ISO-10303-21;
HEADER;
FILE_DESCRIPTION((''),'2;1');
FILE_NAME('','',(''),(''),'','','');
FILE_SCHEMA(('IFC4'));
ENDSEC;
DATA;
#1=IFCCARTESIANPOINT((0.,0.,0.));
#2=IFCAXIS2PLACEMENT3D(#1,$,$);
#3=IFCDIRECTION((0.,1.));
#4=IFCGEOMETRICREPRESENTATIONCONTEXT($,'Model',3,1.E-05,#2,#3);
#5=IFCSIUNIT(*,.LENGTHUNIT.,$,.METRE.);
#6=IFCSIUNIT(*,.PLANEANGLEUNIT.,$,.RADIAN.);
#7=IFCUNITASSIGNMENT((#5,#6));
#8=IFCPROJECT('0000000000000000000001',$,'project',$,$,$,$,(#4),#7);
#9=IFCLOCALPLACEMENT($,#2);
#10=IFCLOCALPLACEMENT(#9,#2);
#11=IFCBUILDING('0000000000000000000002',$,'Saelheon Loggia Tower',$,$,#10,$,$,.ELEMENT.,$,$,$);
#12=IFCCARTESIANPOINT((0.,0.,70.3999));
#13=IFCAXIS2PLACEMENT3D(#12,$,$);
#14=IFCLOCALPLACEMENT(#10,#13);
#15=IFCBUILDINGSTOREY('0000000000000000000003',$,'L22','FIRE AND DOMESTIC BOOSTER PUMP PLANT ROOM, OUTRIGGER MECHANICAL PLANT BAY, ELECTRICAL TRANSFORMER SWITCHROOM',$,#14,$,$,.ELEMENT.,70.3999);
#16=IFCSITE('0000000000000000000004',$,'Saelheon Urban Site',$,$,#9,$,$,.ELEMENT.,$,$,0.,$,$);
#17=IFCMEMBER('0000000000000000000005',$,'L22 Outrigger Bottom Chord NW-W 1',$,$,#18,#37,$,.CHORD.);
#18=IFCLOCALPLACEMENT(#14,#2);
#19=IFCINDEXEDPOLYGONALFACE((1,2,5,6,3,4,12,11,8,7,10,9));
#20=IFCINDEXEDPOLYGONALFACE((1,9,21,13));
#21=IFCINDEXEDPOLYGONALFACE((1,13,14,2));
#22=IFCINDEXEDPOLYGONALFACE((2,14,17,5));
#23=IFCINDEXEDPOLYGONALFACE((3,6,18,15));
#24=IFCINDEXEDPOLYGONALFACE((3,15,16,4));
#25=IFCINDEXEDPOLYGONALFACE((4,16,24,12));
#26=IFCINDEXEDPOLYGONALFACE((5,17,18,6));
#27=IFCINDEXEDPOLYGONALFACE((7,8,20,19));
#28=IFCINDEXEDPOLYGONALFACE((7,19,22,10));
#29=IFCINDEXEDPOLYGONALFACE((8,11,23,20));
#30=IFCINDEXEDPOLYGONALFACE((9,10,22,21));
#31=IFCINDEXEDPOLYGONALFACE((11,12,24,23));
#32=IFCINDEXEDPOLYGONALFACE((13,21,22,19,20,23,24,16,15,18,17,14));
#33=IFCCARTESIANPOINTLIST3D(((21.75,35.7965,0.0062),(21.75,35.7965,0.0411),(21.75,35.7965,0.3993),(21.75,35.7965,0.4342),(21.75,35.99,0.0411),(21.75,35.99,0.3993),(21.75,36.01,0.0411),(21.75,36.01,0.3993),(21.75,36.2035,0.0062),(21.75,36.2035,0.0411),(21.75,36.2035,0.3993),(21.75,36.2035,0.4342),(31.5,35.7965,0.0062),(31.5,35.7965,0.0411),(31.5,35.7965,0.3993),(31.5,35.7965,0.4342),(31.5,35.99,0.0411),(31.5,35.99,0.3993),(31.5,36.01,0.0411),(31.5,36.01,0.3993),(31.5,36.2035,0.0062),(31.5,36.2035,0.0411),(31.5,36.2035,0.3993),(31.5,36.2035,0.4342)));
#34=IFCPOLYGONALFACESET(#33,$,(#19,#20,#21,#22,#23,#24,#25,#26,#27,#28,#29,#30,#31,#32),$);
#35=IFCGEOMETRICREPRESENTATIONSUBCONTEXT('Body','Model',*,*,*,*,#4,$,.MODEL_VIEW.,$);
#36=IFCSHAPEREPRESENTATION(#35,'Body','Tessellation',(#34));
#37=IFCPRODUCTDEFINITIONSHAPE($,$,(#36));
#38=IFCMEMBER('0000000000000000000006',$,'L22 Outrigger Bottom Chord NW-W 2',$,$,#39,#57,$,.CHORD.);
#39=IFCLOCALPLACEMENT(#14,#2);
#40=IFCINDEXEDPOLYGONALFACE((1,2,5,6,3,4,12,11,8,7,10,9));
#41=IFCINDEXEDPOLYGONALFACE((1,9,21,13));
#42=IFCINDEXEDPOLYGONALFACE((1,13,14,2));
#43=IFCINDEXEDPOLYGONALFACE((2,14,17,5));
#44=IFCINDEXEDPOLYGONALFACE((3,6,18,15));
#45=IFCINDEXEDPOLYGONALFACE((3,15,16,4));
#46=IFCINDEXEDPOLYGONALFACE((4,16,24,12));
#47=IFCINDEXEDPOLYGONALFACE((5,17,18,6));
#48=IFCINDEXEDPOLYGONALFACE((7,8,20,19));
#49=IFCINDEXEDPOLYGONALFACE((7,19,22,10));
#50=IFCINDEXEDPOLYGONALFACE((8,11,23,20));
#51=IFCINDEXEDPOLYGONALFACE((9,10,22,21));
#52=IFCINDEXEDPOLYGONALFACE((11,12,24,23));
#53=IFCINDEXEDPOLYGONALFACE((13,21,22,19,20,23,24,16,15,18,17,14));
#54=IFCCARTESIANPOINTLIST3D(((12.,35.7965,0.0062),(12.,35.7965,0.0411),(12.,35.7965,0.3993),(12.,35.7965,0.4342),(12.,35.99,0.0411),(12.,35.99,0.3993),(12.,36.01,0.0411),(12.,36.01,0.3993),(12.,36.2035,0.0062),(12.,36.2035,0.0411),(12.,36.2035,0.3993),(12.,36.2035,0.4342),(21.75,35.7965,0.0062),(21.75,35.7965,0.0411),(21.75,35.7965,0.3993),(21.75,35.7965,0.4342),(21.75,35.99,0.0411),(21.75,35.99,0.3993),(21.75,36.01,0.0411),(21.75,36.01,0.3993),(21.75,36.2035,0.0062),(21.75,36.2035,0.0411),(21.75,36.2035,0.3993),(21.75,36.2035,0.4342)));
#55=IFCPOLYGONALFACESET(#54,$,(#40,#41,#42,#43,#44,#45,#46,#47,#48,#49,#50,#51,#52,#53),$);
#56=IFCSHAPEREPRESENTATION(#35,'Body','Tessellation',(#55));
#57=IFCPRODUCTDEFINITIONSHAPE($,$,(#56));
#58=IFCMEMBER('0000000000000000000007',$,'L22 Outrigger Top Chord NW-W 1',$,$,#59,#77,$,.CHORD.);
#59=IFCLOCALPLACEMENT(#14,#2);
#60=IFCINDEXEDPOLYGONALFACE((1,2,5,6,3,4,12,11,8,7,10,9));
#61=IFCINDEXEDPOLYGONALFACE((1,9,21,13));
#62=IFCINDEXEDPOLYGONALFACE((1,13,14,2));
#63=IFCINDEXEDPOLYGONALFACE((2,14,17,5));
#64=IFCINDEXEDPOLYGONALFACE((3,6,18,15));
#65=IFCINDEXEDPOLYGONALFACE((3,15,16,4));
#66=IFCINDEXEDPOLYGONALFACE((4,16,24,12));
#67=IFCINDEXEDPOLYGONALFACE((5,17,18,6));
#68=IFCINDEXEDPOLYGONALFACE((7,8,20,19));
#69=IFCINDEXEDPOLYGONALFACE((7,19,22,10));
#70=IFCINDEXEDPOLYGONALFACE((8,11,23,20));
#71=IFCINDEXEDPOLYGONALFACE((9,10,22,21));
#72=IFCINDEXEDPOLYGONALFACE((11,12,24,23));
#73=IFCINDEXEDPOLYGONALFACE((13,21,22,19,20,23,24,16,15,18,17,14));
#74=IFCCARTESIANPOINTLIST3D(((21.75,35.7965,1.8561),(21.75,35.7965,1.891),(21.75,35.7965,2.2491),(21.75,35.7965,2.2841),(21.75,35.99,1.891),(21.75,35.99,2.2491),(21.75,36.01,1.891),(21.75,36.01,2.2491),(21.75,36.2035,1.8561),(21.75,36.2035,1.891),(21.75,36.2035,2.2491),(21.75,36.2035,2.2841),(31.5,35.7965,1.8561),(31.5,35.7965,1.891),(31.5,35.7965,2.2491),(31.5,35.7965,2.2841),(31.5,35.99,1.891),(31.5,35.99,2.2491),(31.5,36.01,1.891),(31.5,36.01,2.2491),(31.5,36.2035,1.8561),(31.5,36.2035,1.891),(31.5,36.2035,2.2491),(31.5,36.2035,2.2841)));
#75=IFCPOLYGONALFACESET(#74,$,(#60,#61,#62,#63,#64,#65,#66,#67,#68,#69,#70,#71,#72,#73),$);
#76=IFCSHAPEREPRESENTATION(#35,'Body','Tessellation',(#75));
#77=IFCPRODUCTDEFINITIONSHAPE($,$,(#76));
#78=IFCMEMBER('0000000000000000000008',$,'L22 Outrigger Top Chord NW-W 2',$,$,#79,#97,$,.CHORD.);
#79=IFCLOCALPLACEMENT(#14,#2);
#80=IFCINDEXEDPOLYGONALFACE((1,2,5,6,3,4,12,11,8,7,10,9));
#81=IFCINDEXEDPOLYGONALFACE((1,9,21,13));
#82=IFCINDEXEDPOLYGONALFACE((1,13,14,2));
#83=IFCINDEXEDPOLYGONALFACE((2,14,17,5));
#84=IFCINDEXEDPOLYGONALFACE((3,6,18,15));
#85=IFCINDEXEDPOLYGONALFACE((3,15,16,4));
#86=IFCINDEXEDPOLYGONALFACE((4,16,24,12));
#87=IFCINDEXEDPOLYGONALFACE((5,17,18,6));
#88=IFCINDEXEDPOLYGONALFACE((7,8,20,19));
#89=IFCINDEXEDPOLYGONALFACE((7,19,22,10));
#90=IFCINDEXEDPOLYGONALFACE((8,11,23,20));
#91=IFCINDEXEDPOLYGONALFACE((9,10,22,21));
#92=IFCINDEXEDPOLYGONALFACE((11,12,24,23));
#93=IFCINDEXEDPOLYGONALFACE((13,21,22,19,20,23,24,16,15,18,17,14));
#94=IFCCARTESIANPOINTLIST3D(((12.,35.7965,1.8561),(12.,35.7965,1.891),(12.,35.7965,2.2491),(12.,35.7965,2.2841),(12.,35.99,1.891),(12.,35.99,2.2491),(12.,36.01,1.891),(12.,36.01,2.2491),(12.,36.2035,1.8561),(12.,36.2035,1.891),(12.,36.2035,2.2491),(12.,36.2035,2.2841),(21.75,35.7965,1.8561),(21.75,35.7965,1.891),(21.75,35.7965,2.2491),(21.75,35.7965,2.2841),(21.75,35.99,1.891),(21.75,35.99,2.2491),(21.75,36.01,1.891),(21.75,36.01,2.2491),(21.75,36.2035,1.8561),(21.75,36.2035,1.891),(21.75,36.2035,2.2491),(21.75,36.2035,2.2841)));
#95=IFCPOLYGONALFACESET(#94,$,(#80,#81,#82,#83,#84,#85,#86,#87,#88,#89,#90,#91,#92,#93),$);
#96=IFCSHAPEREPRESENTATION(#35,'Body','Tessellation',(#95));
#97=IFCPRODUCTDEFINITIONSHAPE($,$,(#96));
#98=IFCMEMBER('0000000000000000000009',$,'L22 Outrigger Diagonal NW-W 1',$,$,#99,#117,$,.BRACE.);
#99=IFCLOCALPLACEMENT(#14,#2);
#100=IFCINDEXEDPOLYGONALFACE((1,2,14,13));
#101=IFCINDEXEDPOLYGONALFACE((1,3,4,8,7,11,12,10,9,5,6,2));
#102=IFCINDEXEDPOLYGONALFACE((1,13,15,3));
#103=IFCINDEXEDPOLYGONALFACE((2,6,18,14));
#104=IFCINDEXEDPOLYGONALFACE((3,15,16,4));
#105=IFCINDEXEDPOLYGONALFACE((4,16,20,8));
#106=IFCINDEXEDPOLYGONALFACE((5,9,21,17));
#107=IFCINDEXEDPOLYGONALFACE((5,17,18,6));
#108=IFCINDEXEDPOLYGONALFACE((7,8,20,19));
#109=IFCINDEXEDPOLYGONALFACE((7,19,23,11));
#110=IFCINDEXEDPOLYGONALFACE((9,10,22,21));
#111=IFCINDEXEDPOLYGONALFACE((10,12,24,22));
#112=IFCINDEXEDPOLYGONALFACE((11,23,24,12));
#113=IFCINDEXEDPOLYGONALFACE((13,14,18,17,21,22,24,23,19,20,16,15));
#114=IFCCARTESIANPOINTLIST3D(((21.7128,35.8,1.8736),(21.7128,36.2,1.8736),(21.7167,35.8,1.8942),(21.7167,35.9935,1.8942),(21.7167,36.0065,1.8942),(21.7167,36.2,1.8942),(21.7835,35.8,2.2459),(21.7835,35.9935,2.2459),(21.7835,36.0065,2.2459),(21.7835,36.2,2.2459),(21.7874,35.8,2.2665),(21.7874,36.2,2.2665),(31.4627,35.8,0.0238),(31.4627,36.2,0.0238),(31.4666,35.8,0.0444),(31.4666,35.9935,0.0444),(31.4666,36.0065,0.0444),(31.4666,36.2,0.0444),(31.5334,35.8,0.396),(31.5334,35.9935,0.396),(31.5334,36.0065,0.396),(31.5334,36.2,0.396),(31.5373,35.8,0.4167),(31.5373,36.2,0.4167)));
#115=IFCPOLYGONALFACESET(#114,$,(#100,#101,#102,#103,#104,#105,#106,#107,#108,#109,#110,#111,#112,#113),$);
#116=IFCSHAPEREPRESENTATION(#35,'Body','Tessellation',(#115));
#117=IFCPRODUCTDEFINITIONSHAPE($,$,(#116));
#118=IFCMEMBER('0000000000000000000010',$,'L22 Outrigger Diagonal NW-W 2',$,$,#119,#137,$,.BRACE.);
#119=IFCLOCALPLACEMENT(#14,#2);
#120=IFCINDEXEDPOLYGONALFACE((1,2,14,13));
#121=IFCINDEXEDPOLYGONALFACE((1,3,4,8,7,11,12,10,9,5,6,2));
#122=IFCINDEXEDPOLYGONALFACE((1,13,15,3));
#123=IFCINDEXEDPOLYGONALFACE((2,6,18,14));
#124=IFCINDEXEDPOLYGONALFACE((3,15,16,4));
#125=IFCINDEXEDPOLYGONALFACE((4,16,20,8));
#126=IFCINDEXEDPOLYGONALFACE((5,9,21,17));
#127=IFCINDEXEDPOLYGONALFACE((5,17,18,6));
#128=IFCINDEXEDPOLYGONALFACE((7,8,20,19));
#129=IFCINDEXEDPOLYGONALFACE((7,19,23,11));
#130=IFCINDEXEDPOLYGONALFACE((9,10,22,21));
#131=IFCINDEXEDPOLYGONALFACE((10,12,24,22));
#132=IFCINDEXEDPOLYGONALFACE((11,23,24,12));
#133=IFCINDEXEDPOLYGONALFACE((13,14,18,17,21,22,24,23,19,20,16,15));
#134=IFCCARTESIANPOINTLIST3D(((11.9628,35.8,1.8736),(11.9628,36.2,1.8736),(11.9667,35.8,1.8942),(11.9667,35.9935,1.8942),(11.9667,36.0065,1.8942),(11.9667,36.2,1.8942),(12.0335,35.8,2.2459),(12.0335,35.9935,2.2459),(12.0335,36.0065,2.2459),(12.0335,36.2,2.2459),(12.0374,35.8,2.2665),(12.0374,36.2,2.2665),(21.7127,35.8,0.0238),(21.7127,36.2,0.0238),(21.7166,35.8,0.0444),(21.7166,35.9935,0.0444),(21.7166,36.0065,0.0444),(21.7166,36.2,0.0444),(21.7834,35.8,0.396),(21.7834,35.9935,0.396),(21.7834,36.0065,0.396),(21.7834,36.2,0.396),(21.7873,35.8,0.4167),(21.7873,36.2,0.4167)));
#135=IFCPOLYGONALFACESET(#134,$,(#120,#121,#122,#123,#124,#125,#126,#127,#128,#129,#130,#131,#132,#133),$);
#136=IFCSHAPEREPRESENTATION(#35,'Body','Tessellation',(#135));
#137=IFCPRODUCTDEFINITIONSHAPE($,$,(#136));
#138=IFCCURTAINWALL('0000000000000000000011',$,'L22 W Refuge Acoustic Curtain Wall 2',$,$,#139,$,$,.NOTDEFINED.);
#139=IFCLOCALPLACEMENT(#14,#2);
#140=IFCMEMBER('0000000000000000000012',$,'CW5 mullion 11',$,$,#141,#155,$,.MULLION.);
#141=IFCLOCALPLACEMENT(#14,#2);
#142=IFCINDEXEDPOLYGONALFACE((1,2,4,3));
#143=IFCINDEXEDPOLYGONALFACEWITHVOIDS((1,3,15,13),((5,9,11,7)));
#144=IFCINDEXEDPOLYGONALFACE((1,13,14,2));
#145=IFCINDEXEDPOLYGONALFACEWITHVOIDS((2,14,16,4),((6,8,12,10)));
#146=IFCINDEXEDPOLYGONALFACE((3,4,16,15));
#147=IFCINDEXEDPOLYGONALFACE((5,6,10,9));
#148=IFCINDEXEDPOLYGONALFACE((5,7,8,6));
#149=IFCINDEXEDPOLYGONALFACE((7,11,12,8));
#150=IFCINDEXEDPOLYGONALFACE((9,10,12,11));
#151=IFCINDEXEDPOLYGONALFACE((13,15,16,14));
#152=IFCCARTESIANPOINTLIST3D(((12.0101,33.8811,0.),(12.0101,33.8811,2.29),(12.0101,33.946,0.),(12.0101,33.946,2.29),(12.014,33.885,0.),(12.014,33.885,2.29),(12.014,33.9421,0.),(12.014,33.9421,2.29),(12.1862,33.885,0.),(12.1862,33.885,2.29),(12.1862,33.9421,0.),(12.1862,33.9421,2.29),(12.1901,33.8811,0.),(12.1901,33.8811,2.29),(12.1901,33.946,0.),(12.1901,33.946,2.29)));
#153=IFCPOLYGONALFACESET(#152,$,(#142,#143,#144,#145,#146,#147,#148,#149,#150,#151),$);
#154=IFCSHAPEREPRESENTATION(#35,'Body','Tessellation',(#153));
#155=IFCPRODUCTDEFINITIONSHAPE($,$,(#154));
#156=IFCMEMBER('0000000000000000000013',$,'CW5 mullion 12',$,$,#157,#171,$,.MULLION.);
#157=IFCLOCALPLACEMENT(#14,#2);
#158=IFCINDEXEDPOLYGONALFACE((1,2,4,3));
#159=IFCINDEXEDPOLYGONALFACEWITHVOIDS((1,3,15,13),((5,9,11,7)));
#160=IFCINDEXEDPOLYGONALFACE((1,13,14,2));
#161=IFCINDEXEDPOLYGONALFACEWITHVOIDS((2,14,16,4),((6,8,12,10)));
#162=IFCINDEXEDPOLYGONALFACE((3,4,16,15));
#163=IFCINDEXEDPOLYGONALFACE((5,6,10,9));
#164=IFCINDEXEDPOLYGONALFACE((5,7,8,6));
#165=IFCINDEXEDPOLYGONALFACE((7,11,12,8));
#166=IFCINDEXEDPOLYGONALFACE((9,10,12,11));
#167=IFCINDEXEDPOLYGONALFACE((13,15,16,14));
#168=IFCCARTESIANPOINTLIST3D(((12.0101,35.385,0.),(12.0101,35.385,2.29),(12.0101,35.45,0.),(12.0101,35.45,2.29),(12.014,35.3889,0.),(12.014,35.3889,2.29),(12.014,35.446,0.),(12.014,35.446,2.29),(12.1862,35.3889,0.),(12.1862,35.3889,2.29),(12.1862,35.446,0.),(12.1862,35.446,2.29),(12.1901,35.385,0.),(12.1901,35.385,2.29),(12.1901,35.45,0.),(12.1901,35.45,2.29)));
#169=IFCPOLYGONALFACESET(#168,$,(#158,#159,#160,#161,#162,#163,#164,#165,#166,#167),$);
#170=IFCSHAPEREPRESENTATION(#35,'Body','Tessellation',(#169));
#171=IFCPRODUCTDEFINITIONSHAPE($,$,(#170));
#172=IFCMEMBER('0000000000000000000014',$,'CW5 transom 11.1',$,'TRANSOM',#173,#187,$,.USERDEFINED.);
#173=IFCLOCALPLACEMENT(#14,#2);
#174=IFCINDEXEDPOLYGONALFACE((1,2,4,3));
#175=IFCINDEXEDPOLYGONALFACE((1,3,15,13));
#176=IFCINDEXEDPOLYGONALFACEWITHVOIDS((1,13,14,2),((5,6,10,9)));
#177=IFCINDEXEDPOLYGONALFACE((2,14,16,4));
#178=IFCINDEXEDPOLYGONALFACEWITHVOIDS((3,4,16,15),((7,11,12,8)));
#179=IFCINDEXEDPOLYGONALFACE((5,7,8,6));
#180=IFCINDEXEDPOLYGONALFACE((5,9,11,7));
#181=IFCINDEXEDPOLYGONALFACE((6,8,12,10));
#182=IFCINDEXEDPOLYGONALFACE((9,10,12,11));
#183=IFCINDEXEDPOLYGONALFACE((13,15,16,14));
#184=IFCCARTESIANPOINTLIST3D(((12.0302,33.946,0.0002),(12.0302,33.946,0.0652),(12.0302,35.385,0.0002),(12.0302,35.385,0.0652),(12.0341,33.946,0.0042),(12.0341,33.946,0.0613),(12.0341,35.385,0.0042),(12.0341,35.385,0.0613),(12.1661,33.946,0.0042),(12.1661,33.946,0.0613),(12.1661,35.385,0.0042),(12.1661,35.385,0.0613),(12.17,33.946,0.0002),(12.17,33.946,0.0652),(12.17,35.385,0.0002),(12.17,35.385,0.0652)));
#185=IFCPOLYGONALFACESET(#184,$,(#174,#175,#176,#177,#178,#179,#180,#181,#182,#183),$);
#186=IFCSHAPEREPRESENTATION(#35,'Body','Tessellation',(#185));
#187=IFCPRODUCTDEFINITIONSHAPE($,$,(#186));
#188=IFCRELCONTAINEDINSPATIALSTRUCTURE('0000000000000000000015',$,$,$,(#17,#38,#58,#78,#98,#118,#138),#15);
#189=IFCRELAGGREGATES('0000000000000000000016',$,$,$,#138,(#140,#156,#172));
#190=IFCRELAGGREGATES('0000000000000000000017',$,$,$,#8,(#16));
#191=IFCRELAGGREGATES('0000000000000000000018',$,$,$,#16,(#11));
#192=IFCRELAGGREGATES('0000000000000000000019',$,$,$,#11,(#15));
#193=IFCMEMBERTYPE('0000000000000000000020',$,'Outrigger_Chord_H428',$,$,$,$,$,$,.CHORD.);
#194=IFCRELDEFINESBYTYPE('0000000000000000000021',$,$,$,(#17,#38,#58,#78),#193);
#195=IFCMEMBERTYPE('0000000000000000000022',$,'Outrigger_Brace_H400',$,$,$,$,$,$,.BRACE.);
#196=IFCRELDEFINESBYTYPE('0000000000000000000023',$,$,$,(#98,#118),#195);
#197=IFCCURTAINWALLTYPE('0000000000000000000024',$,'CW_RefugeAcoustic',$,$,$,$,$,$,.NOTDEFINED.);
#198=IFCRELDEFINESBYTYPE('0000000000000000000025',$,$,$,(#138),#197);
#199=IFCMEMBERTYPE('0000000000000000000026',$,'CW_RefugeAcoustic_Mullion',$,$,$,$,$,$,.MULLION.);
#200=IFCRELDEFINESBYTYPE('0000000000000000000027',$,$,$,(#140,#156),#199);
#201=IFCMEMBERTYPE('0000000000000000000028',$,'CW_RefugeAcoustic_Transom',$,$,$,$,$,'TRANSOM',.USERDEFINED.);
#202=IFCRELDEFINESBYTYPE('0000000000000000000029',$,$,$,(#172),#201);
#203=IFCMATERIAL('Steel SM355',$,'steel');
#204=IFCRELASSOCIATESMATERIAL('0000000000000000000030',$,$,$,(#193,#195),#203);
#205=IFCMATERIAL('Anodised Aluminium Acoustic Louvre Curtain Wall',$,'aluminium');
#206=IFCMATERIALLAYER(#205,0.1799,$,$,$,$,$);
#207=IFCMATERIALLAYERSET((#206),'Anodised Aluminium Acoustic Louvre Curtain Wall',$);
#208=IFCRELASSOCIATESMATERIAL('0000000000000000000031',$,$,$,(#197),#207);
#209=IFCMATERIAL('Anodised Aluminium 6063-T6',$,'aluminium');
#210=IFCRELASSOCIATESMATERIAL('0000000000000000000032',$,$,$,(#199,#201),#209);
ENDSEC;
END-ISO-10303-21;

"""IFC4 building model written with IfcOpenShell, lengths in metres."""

from ifc_helpers import new_model, si_unit, direction, frame, origin, origin_2d, place, context, subcontext, project, spatial, hollow_rectangle, i_section, extrude, source, transform, mapped, material, layer, layer_set, material_profile, profile_set, type_object, element, aggregate, save


model = new_model("IFC4")

# Units and contexts
model_context = context("Model", 3, precision=1e-05, world=origin(), true_north=direction((0.0, 1.0)))
body_context = subcontext(model_context, "Body", "Model", "MODEL_VIEW")
ifc_project = project(units=[si_unit("LENGTHUNIT", "METRE"), si_unit("PLANEANGLEUNIT", "RADIAN")], contexts=[model_context])

# Site, building, storey
site_placement = place(None, origin())
site = spatial("IfcSite", under=ifc_project, at=site_placement, Name="Saelheon Urban Site", CompositionType="ELEMENT", RefElevation=0.0)
building_placement = place(site_placement, origin())
building = spatial("IfcBuilding", under=site, at=building_placement, Name="Saelheon Loggia Tower", CompositionType="ELEMENT")
storey_placement = place(building_placement, frame((0.0, 0.0, 70.3999)))
storey = spatial("IfcBuildingStorey", under=building, at=storey_placement, Name="L22", Description="FIRE AND DOMESTIC BOOSTER PUMP PLANT ROOM, OUTRIGGER MECHANICAL PLANT BAY, ELECTRICAL TRANSFORMER SWITCHROOM", CompositionType="ELEMENT", Elevation=70.3999)

# Members
ifc_material_1 = material(Name="Steel SM355", Category="steel")
ifc_material_profile_1 = material_profile(ifc_material_1, i_section(OverallWidth=0.407, OverallDepth=0.428, WebThickness=0.02, FlangeThickness=0.0349, at=origin_2d()), Name="H-428x407x20x35")
ifc_profile_set_1 = profile_set([ifc_material_profile_1], Name="Steel SM355")
member_type_1 = type_object("IfcMemberType", Name="Outrigger_Chord_H428", PredefinedType="CHORD", material=ifc_profile_set_1)
ifc_material_profile_2 = material_profile(ifc_material_1, i_section(OverallWidth=0.3999, OverallDepth=0.3999, WebThickness=0.0129, FlangeThickness=0.021, at=origin_2d()), Name="H-400x400x13x21")
ifc_profile_set_2 = profile_set([ifc_material_profile_2], Name="Steel SM355")
member_type_2 = type_object("IfcMemberType", Name="Outrigger_Brace_H400", PredefinedType="BRACE", material=ifc_profile_set_2)
shared_shape_1 = source(origin(), body_context, "Body", "SweptSolid", [
    extrude(i_section(OverallWidth=0.407, OverallDepth=0.428, WebThickness=0.02, FlangeThickness=0.0349, at=origin_2d()), origin(), (0.0, 0.0, 1.0), 9.75),
])
for number, where, z_axis, x_axis, name in (
    (1, (31.5, 36.0, 0.2202), (-1.0, 0.0, 0.0), (0.0, -1.0, 0.0), "L22 Outrigger Bottom Chord NW-W 1"),
    (2, (21.75, 36.0, 0.2202), (-1.0, 0.0, 0.0), (0.0, -1.0, 0.0), "L22 Outrigger Bottom Chord NW-W 2"),
    (3, (31.5, 36.0, 2.0701), (-1.0, 0.0, 0.0), (0.0, -1.0, 0.0), "L22 Outrigger Top Chord NW-W 1"),
    (4, (21.75, 36.0, 2.0701), (-1.0, 0.0, 0.0), (0.0, -1.0, 0.0), "L22 Outrigger Top Chord NW-W 2"),
):
    element("IfcMember", number, at=place(storey_placement, frame(where, z_axis=z_axis, x_axis=x_axis)), inside=storey, type_object=member_type_1, Name=name, PredefinedType="CHORD", context=body_context, shape_type="MappedRepresentation", body=[
        mapped(shared_shape_1, transform((0.0, 0.0, 0.0), scale=1.0)),
    ])
shared_shape_2 = source(origin(), body_context, "Body", "SweptSolid", [
    extrude(i_section(OverallWidth=0.3999, OverallDepth=0.3999, WebThickness=0.0129, FlangeThickness=0.021, at=origin_2d()), origin(), (0.0, 0.0, 1.0), 9.9238),
])
for number, where, z_axis, x_axis, name in (
    (5, (31.5, 36.0, 0.2202), (-0.982473, 0.0, 0.186403), (0.0, -1.0, 0.0), "L22 Outrigger Diagonal NW-W 1"),
    (6, (21.75, 36.0, 0.2202), (-0.982473, 0.0, 0.186403), (0.0, -1.0, 0.0), "L22 Outrigger Diagonal NW-W 2"),
):
    element("IfcMember", number, at=place(storey_placement, frame(where, z_axis=z_axis, x_axis=x_axis)), inside=storey, type_object=member_type_2, Name=name, PredefinedType="BRACE", context=body_context, shape_type="MappedRepresentation", body=[
        mapped(shared_shape_2, transform((0.0, 0.0, 0.0), scale=1.0)),
    ])

# Curtain wall, members
ifc_material_2 = material(Name="Anodised Aluminium Acoustic Louvre Curtain Wall", Category="aluminium")
ifc_layer_1 = layer(ifc_material_2, 0.1799)
ifc_layer_set_1 = layer_set([ifc_layer_1], Name="Anodised Aluminium Acoustic Louvre Curtain Wall")
curtain_wall_type = type_object("IfcCurtainWallType", Name="CW_RefugeAcoustic", PredefinedType="NOTDEFINED", material=ifc_layer_set_1)
curtain_wall_placement = place(storey_placement, origin())
curtain_wall = element("IfcCurtainWall", 7, at=curtain_wall_placement, inside=storey, type_object=curtain_wall_type, Name="L22 W Refuge Acoustic Curtain Wall 2", PredefinedType="NOTDEFINED")
ifc_material_3 = material(Name="Anodised Aluminium 6063-T6", Category="aluminium")
ifc_material_profile_3 = material_profile(ifc_material_3, hollow_rectangle(XDim=0.0649, YDim=0.1799, WallThickness=0.0039, at=origin_2d()), Name="RHS-180x65x4")
ifc_profile_set_3 = profile_set([ifc_material_profile_3], Name="Anodised Aluminium 6063-T6")
member_type_3 = type_object("IfcMemberType", Name="CW_RefugeAcoustic_Mullion", PredefinedType="MULLION", material=ifc_profile_set_3)
shared_shape_3 = source(origin(), body_context, "Body", "SweptSolid", [
    extrude(hollow_rectangle(XDim=0.0649, YDim=0.1799, WallThickness=0.0039, at=origin_2d()), origin(), (0.0, 0.0, 1.0), 2.29),
])
member_1_placement = place(storey_placement, frame((12.1001, 33.9136, 0.0), z_axis=(0.0, 0.0, 1.0), x_axis=(0.0, 1.0, 0.0)))
member_1 = element("IfcMember", 8, at=member_1_placement, type_object=member_type_3, Name="CW5 mullion 11", PredefinedType="MULLION", context=body_context, shape_type="MappedRepresentation", body=[
    mapped(shared_shape_3, transform((0.0, 0.0, 0.0), scale=1.0)),
])
member_2_placement = place(storey_placement, frame((12.1001, 35.4175, 0.0), z_axis=(0.0, 0.0, 1.0), x_axis=(0.0, 1.0, 0.0)))
member_2 = element("IfcMember", 9, at=member_2_placement, type_object=member_type_3, Name="CW5 mullion 12", PredefinedType="MULLION", context=body_context, shape_type="MappedRepresentation", body=[
    mapped(shared_shape_3, transform((0.0, 0.0, 0.0), scale=1.0)),
])
ifc_material_profile_4 = material_profile(ifc_material_3, hollow_rectangle(XDim=0.0649, YDim=0.1399, WallThickness=0.0039, at=origin_2d()), Name="RHS-140x65x4")
ifc_profile_set_4 = profile_set([ifc_material_profile_4], Name="Anodised Aluminium 6063-T6")
member_type_4 = type_object("IfcMemberType", Name="CW_RefugeAcoustic_Transom", ElementType="TRANSOM", PredefinedType="USERDEFINED", material=ifc_profile_set_4)
shared_shape_4 = source(origin(), body_context, "Body", "SweptSolid", [
    extrude(hollow_rectangle(XDim=0.0649, YDim=0.1399, WallThickness=0.0039, at=origin_2d()), origin(), (0.0, 0.0, 1.0), 1.439),
])
member_3_placement = place(storey_placement, frame((12.1001, 33.946, 0.0327), z_axis=(0.0, 1.0, 0.0), x_axis=(0.0, 0.0, 1.0)))
member_3 = element("IfcMember", 10, at=member_3_placement, type_object=member_type_4, Name="CW5 transom 11.1", ObjectType="TRANSOM", PredefinedType="USERDEFINED", context=body_context, shape_type="MappedRepresentation", body=[
    mapped(shared_shape_4, transform((0.0, 0.0, 0.0), scale=1.0)),
])

aggregate(curtain_wall, [member_1, member_2, member_3])

save(model, "model.ifc")
